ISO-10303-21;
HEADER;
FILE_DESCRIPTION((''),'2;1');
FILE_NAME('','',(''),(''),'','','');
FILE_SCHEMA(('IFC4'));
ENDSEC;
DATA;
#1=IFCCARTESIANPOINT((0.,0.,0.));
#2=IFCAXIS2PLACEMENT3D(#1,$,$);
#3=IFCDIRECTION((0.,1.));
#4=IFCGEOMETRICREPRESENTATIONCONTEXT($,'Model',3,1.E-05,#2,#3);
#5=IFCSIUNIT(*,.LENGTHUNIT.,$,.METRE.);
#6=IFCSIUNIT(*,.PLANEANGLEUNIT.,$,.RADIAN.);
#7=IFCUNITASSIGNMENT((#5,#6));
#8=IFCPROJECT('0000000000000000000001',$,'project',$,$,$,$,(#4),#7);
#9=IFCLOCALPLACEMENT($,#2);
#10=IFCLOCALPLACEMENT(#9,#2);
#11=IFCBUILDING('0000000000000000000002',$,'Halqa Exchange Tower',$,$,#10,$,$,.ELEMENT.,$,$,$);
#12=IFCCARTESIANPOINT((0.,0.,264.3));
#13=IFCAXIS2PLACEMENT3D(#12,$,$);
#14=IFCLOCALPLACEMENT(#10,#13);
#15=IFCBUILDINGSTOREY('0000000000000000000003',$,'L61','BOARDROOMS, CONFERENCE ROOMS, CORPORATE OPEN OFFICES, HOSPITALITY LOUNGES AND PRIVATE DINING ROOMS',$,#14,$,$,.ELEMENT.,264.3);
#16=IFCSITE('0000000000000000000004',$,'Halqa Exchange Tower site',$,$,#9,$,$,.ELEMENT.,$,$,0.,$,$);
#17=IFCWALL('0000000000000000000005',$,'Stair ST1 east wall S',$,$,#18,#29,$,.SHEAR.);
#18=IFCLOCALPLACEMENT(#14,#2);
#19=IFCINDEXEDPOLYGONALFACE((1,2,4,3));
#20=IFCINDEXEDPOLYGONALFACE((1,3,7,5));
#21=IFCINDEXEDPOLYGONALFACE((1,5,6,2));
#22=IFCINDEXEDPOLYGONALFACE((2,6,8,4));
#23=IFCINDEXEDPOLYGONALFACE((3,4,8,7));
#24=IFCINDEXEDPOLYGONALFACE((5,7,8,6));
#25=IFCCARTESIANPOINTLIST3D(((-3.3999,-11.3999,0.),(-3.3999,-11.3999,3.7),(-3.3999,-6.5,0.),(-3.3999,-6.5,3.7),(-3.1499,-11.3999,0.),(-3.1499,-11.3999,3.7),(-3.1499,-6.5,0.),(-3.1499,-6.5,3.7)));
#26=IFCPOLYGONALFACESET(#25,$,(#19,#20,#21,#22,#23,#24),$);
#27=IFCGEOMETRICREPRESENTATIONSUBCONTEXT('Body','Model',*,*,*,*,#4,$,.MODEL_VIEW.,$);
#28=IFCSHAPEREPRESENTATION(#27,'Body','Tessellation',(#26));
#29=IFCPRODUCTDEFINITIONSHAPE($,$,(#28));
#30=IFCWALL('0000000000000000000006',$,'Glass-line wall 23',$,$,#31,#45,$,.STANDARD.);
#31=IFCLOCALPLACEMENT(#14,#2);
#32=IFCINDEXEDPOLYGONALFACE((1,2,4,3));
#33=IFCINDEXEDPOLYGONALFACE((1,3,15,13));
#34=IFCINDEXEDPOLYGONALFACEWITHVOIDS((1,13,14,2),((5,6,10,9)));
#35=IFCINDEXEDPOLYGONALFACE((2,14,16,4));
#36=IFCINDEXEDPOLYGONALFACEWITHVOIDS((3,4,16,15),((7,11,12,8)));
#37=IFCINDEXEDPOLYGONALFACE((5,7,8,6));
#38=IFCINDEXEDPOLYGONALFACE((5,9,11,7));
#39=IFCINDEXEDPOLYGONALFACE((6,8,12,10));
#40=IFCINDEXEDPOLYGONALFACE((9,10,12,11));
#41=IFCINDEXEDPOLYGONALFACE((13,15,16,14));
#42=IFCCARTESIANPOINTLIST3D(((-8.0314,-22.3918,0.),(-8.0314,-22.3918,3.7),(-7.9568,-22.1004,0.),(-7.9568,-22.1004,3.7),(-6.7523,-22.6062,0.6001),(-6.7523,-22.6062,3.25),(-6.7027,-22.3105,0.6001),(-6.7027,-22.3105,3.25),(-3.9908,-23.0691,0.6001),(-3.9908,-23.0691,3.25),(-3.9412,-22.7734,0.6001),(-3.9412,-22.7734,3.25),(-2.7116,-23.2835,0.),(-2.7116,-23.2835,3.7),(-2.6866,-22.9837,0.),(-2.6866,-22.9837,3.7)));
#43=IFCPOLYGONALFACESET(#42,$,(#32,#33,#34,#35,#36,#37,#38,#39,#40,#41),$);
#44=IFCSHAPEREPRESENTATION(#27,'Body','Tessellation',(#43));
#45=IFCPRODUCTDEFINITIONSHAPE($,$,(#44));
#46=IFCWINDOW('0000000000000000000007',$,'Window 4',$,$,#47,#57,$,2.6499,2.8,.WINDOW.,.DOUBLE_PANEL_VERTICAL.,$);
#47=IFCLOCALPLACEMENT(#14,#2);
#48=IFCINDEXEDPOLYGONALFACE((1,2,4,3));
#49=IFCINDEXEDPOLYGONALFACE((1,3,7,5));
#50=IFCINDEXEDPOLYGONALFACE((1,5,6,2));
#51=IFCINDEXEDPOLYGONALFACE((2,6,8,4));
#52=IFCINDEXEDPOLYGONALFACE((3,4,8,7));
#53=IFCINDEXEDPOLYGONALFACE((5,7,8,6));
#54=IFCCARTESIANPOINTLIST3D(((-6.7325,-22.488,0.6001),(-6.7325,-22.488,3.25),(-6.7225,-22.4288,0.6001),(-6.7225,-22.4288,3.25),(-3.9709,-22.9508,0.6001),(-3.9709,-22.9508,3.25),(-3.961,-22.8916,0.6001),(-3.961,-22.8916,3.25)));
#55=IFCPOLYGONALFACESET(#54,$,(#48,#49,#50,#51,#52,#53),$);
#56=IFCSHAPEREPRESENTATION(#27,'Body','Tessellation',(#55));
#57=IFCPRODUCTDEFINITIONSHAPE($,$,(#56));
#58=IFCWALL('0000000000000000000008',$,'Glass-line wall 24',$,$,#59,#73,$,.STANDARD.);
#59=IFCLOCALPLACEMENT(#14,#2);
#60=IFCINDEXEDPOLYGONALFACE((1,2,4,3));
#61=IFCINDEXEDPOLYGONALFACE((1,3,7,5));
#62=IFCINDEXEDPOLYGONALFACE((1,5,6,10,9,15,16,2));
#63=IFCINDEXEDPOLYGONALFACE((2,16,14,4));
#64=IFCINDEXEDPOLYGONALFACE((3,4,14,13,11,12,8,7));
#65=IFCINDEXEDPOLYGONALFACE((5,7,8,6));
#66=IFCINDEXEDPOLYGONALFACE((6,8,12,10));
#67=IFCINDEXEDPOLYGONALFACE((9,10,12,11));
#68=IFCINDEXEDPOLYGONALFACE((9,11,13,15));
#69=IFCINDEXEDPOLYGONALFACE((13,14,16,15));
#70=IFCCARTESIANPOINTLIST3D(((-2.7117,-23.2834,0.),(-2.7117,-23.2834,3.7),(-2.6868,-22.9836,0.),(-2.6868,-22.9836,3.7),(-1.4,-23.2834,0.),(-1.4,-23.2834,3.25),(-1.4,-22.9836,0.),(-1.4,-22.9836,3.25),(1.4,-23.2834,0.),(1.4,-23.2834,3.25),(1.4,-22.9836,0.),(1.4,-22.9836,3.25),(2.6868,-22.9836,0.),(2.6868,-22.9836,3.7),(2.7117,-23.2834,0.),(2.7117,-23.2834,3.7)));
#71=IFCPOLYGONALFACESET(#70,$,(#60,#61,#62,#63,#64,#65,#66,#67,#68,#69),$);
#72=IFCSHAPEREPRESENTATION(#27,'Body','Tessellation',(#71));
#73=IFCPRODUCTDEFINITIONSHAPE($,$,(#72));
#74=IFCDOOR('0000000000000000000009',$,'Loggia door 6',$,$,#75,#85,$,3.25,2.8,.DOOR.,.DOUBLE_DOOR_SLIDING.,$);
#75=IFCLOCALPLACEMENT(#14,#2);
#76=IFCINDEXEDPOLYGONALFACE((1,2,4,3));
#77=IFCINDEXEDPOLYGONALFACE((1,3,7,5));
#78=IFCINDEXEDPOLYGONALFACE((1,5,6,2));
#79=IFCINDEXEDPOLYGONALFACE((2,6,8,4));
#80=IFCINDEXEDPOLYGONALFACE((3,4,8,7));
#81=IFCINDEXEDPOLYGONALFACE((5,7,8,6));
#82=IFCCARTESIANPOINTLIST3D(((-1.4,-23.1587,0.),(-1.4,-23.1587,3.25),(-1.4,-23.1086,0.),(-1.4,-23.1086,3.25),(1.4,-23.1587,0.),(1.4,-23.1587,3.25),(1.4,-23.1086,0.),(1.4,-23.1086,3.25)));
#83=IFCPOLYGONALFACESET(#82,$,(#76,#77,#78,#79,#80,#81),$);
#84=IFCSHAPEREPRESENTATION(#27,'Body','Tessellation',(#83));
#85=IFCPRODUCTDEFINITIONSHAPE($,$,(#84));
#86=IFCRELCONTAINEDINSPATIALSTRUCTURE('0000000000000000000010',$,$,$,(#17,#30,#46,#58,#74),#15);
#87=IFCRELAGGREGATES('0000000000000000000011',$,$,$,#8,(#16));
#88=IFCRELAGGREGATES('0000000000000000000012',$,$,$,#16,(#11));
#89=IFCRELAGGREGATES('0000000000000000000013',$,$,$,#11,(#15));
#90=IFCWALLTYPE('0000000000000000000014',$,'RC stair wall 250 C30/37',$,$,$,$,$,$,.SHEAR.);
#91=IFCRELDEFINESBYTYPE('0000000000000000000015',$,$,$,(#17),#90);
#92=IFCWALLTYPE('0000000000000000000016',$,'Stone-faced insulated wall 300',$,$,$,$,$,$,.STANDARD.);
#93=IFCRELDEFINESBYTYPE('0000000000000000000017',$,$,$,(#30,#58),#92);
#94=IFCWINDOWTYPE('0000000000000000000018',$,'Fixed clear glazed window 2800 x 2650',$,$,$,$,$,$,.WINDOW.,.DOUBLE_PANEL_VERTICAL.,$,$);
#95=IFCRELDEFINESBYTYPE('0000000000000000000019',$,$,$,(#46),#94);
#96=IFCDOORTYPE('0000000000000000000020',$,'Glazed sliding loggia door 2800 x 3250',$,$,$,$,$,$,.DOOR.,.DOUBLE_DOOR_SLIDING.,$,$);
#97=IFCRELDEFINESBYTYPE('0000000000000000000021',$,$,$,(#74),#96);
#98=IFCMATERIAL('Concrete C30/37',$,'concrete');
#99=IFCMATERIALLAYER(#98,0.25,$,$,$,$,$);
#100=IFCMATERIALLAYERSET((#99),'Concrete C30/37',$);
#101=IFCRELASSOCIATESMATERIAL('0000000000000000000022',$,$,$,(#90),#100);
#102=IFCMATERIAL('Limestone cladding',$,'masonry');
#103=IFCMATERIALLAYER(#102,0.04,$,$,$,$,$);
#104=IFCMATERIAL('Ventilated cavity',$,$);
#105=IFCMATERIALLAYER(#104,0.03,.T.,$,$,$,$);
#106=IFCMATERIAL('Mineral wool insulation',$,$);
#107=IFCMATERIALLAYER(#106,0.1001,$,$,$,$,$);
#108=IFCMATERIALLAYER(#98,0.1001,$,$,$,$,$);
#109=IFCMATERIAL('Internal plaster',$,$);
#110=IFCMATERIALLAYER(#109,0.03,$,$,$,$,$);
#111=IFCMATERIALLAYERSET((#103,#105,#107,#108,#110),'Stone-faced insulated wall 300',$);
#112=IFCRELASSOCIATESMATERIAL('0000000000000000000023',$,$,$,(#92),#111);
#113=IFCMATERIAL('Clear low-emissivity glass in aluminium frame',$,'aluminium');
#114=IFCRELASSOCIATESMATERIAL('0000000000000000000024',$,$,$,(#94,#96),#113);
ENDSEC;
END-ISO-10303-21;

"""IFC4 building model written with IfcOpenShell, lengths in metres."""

from ifc_helpers import new_model, si_unit, direction, frame, frame_2d, origin, place, context, subcontext, project, spatial, polyline, rectangle, outline, extrude, material, layer, layer_set, type_object, element, fill, save


model = new_model("IFC4")

# Units and contexts
model_context = context("Model", 3, precision=1e-05, world=origin(), true_north=direction((0.0, 1.0)))
body_context = subcontext(model_context, "Body", "Model", "MODEL_VIEW")
ifc_project = project(units=[si_unit("LENGTHUNIT", "METRE"), si_unit("PLANEANGLEUNIT", "RADIAN")], contexts=[model_context])

# Site, building, storey
site_placement = place(None, origin())
site = spatial("IfcSite", under=ifc_project, at=site_placement, Name="Halqa Exchange Tower site", CompositionType="ELEMENT", RefElevation=0.0)
building_placement = place(site_placement, origin())
building = spatial("IfcBuilding", under=site, at=building_placement, Name="Halqa Exchange Tower", CompositionType="ELEMENT")
storey_placement = place(building_placement, frame((0.0, 0.0, 264.3)))
storey = spatial("IfcBuildingStorey", under=building, at=storey_placement, Name="L61", Description="BOARDROOMS, CONFERENCE ROOMS, CORPORATE OPEN OFFICES, HOSPITALITY LOUNGES AND PRIVATE DINING ROOMS", CompositionType="ELEMENT", Elevation=264.3)

# Wall
ifc_material_1 = material(Name="Concrete C30/37", Category="concrete")
ifc_layer_1 = layer(ifc_material_1, 0.25)
ifc_layer_set_1 = layer_set([ifc_layer_1], Name="Concrete C30/37")
wall_type_1 = type_object("IfcWallType", Name="RC stair wall 250 C30/37", PredefinedType="SHEAR", material=ifc_layer_set_1)
wall_1_placement = place(storey_placement, frame((-3.2749, -11.3999, 0.0), z_axis=(0.0, 0.0, 1.0), x_axis=(0.0, 1.0, 0.0)))
element("IfcWall", 1, at=wall_1_placement, inside=storey, type_object=wall_type_1, Name="Stair ST1 east wall S", PredefinedType="SHEAR", context=body_context, shape_type="SweptSolid", body=[
    extrude(rectangle(XDim=4.8999, YDim=0.25, at=frame_2d((2.45, 0.0))), origin(), (0.0, 0.0, 1.0), 3.7),
])

# Wall, opening, window
ifc_material_2 = material(Name="Limestone cladding", Category="masonry")
ifc_layer_2 = layer(ifc_material_2, 0.04)
ifc_material_3 = material(Name="Ventilated cavity")
ifc_layer_3 = layer(ifc_material_3, 0.03, ventilated=True)
ifc_material_4 = material(Name="Mineral wool insulation")
ifc_layer_4 = layer(ifc_material_4, 0.1001)
ifc_layer_5 = layer(ifc_material_1, 0.1001)
ifc_material_5 = material(Name="Internal plaster")
ifc_layer_6 = layer(ifc_material_5, 0.03)
ifc_layer_set_2 = layer_set([ifc_layer_2, ifc_layer_3, ifc_layer_4, ifc_layer_5, ifc_layer_6], Name="Stone-faced insulated wall 300")
wall_type_2 = type_object("IfcWallType", Name="Stone-faced insulated wall 300", PredefinedType="STANDARD", material=ifc_layer_set_2)
wall_2_placement = place(storey_placement, frame((-7.9941, -22.2461, 0.0), z_axis=(0.0, 0.0, 1.0), x_axis=(0.986244, -0.165299, 0.0)))
wall_2 = element("IfcWall", 2, at=wall_2_placement, inside=storey, type_object=wall_type_2, Name="Glass-line wall 23", PredefinedType="STANDARD", context=body_context, shape_type="SweptSolid", body=[
    extrude(outline(polyline([(-0.0127, -0.1499), (5.3813, -0.1499), (5.3564, 0.1499), (0.0127, 0.1499), (-0.0127, -0.1499)])), origin(), (0.0, 0.0, 1.0), 3.7),
])
opening_1_placement = place(wall_2_placement, frame((1.2844, 0.0, 0.6001)))
opening_1 = element("IfcOpeningElement", 3, at=opening_1_placement, cuts=wall_2, PredefinedType="OPENING", context=body_context, shape_type="SweptSolid", body=[
    extrude(rectangle(XDim=2.8, YDim=2.6499, at=frame_2d((1.3999, 1.325))), frame((0.0, 0.1621, 0.0), z_axis=(0.0, -1.0, 0.0), x_axis=(1.0, 0.0, 0.0)), (0.0, 0.0, 1.0), 0.324),
])
ifc_material_6 = material(Name="Clear low-emissivity glass in aluminium frame", Category="aluminium")
window_type = type_object("IfcWindowType", Name="Fixed clear glazed window 2800 x 2650", PartitioningType="DOUBLE_PANEL_VERTICAL", PredefinedType="WINDOW", material=ifc_material_6)
window_placement = place(opening_1_placement, origin())
window = element("IfcWindow", 4, at=window_placement, inside=storey, type_object=window_type, Name="Window 4", OverallHeight=2.6499, OverallWidth=2.8, PartitioningType="DOUBLE_PANEL_VERTICAL", PredefinedType="WINDOW", context=body_context, shape_type="SweptSolid", body=[
    extrude(rectangle(XDim=2.8, YDim=2.6499, at=frame_2d((1.3999, 1.325))), frame((0.0, 0.03, 0.0), z_axis=(0.0, -1.0, 0.0), x_axis=(1.0, 0.0, 0.0)), (0.0, 0.0, 1.0), 0.0601),
])
fill(opening_1, window)

# Wall, opening, door
wall_3_placement = place(storey_placement, frame((-2.6992, -23.1335, 0.0), z_axis=(0.0, 0.0, 1.0), x_axis=(1.0, 0.0, 0.0)))
wall_3 = element("IfcWall", 5, at=wall_3_placement, inside=storey, type_object=wall_type_2, Name="Glass-line wall 24", PredefinedType="STANDARD", context=body_context, shape_type="SweptSolid", body=[
    extrude(outline(polyline([(-0.0125, -0.1499), (5.4109, -0.1499), (5.386, 0.1499), (0.0125, 0.1499), (-0.0125, -0.1499)])), origin(), (0.0, 0.0, 1.0), 3.7),
])
opening_2_placement = place(wall_3_placement, frame((1.2993, 0.0, 0.0)))
opening_2 = element("IfcOpeningElement", 6, at=opening_2_placement, cuts=wall_3, PredefinedType="OPENING", context=body_context, shape_type="SweptSolid", body=[
    extrude(rectangle(XDim=2.8, YDim=3.25, at=frame_2d((1.3999, 1.625))), frame((0.0, 0.1621, 0.0), z_axis=(0.0, -1.0, 0.0), x_axis=(1.0, 0.0, 0.0)), (0.0, 0.0, 1.0), 0.324),
])
door_type_1 = type_object("IfcDoorType", Name="Glazed sliding loggia door 2800 x 3250", OperationType="DOUBLE_DOOR_SLIDING", PredefinedType="DOOR", material=ifc_material_6)
door_1_placement = place(opening_2_placement, origin())
door_1 = element("IfcDoor", 7, at=door_1_placement, inside=storey, type_object=door_type_1, Name="Loggia door 6", OperationType="DOUBLE_DOOR_SLIDING", OverallHeight=3.25, OverallWidth=2.8, PredefinedType="DOOR", context=body_context, shape_type="SweptSolid", body=[
    extrude(rectangle(XDim=2.8, YDim=3.25, at=frame_2d((1.3999, 1.625))), frame((0.0, 0.0249, 0.0), z_axis=(0.0, -1.0, 0.0), x_axis=(1.0, 0.0, 0.0)), (0.0, 0.0, 1.0), 0.05),
])
fill(opening_2, door_1)

save(model, "model.ifc")
